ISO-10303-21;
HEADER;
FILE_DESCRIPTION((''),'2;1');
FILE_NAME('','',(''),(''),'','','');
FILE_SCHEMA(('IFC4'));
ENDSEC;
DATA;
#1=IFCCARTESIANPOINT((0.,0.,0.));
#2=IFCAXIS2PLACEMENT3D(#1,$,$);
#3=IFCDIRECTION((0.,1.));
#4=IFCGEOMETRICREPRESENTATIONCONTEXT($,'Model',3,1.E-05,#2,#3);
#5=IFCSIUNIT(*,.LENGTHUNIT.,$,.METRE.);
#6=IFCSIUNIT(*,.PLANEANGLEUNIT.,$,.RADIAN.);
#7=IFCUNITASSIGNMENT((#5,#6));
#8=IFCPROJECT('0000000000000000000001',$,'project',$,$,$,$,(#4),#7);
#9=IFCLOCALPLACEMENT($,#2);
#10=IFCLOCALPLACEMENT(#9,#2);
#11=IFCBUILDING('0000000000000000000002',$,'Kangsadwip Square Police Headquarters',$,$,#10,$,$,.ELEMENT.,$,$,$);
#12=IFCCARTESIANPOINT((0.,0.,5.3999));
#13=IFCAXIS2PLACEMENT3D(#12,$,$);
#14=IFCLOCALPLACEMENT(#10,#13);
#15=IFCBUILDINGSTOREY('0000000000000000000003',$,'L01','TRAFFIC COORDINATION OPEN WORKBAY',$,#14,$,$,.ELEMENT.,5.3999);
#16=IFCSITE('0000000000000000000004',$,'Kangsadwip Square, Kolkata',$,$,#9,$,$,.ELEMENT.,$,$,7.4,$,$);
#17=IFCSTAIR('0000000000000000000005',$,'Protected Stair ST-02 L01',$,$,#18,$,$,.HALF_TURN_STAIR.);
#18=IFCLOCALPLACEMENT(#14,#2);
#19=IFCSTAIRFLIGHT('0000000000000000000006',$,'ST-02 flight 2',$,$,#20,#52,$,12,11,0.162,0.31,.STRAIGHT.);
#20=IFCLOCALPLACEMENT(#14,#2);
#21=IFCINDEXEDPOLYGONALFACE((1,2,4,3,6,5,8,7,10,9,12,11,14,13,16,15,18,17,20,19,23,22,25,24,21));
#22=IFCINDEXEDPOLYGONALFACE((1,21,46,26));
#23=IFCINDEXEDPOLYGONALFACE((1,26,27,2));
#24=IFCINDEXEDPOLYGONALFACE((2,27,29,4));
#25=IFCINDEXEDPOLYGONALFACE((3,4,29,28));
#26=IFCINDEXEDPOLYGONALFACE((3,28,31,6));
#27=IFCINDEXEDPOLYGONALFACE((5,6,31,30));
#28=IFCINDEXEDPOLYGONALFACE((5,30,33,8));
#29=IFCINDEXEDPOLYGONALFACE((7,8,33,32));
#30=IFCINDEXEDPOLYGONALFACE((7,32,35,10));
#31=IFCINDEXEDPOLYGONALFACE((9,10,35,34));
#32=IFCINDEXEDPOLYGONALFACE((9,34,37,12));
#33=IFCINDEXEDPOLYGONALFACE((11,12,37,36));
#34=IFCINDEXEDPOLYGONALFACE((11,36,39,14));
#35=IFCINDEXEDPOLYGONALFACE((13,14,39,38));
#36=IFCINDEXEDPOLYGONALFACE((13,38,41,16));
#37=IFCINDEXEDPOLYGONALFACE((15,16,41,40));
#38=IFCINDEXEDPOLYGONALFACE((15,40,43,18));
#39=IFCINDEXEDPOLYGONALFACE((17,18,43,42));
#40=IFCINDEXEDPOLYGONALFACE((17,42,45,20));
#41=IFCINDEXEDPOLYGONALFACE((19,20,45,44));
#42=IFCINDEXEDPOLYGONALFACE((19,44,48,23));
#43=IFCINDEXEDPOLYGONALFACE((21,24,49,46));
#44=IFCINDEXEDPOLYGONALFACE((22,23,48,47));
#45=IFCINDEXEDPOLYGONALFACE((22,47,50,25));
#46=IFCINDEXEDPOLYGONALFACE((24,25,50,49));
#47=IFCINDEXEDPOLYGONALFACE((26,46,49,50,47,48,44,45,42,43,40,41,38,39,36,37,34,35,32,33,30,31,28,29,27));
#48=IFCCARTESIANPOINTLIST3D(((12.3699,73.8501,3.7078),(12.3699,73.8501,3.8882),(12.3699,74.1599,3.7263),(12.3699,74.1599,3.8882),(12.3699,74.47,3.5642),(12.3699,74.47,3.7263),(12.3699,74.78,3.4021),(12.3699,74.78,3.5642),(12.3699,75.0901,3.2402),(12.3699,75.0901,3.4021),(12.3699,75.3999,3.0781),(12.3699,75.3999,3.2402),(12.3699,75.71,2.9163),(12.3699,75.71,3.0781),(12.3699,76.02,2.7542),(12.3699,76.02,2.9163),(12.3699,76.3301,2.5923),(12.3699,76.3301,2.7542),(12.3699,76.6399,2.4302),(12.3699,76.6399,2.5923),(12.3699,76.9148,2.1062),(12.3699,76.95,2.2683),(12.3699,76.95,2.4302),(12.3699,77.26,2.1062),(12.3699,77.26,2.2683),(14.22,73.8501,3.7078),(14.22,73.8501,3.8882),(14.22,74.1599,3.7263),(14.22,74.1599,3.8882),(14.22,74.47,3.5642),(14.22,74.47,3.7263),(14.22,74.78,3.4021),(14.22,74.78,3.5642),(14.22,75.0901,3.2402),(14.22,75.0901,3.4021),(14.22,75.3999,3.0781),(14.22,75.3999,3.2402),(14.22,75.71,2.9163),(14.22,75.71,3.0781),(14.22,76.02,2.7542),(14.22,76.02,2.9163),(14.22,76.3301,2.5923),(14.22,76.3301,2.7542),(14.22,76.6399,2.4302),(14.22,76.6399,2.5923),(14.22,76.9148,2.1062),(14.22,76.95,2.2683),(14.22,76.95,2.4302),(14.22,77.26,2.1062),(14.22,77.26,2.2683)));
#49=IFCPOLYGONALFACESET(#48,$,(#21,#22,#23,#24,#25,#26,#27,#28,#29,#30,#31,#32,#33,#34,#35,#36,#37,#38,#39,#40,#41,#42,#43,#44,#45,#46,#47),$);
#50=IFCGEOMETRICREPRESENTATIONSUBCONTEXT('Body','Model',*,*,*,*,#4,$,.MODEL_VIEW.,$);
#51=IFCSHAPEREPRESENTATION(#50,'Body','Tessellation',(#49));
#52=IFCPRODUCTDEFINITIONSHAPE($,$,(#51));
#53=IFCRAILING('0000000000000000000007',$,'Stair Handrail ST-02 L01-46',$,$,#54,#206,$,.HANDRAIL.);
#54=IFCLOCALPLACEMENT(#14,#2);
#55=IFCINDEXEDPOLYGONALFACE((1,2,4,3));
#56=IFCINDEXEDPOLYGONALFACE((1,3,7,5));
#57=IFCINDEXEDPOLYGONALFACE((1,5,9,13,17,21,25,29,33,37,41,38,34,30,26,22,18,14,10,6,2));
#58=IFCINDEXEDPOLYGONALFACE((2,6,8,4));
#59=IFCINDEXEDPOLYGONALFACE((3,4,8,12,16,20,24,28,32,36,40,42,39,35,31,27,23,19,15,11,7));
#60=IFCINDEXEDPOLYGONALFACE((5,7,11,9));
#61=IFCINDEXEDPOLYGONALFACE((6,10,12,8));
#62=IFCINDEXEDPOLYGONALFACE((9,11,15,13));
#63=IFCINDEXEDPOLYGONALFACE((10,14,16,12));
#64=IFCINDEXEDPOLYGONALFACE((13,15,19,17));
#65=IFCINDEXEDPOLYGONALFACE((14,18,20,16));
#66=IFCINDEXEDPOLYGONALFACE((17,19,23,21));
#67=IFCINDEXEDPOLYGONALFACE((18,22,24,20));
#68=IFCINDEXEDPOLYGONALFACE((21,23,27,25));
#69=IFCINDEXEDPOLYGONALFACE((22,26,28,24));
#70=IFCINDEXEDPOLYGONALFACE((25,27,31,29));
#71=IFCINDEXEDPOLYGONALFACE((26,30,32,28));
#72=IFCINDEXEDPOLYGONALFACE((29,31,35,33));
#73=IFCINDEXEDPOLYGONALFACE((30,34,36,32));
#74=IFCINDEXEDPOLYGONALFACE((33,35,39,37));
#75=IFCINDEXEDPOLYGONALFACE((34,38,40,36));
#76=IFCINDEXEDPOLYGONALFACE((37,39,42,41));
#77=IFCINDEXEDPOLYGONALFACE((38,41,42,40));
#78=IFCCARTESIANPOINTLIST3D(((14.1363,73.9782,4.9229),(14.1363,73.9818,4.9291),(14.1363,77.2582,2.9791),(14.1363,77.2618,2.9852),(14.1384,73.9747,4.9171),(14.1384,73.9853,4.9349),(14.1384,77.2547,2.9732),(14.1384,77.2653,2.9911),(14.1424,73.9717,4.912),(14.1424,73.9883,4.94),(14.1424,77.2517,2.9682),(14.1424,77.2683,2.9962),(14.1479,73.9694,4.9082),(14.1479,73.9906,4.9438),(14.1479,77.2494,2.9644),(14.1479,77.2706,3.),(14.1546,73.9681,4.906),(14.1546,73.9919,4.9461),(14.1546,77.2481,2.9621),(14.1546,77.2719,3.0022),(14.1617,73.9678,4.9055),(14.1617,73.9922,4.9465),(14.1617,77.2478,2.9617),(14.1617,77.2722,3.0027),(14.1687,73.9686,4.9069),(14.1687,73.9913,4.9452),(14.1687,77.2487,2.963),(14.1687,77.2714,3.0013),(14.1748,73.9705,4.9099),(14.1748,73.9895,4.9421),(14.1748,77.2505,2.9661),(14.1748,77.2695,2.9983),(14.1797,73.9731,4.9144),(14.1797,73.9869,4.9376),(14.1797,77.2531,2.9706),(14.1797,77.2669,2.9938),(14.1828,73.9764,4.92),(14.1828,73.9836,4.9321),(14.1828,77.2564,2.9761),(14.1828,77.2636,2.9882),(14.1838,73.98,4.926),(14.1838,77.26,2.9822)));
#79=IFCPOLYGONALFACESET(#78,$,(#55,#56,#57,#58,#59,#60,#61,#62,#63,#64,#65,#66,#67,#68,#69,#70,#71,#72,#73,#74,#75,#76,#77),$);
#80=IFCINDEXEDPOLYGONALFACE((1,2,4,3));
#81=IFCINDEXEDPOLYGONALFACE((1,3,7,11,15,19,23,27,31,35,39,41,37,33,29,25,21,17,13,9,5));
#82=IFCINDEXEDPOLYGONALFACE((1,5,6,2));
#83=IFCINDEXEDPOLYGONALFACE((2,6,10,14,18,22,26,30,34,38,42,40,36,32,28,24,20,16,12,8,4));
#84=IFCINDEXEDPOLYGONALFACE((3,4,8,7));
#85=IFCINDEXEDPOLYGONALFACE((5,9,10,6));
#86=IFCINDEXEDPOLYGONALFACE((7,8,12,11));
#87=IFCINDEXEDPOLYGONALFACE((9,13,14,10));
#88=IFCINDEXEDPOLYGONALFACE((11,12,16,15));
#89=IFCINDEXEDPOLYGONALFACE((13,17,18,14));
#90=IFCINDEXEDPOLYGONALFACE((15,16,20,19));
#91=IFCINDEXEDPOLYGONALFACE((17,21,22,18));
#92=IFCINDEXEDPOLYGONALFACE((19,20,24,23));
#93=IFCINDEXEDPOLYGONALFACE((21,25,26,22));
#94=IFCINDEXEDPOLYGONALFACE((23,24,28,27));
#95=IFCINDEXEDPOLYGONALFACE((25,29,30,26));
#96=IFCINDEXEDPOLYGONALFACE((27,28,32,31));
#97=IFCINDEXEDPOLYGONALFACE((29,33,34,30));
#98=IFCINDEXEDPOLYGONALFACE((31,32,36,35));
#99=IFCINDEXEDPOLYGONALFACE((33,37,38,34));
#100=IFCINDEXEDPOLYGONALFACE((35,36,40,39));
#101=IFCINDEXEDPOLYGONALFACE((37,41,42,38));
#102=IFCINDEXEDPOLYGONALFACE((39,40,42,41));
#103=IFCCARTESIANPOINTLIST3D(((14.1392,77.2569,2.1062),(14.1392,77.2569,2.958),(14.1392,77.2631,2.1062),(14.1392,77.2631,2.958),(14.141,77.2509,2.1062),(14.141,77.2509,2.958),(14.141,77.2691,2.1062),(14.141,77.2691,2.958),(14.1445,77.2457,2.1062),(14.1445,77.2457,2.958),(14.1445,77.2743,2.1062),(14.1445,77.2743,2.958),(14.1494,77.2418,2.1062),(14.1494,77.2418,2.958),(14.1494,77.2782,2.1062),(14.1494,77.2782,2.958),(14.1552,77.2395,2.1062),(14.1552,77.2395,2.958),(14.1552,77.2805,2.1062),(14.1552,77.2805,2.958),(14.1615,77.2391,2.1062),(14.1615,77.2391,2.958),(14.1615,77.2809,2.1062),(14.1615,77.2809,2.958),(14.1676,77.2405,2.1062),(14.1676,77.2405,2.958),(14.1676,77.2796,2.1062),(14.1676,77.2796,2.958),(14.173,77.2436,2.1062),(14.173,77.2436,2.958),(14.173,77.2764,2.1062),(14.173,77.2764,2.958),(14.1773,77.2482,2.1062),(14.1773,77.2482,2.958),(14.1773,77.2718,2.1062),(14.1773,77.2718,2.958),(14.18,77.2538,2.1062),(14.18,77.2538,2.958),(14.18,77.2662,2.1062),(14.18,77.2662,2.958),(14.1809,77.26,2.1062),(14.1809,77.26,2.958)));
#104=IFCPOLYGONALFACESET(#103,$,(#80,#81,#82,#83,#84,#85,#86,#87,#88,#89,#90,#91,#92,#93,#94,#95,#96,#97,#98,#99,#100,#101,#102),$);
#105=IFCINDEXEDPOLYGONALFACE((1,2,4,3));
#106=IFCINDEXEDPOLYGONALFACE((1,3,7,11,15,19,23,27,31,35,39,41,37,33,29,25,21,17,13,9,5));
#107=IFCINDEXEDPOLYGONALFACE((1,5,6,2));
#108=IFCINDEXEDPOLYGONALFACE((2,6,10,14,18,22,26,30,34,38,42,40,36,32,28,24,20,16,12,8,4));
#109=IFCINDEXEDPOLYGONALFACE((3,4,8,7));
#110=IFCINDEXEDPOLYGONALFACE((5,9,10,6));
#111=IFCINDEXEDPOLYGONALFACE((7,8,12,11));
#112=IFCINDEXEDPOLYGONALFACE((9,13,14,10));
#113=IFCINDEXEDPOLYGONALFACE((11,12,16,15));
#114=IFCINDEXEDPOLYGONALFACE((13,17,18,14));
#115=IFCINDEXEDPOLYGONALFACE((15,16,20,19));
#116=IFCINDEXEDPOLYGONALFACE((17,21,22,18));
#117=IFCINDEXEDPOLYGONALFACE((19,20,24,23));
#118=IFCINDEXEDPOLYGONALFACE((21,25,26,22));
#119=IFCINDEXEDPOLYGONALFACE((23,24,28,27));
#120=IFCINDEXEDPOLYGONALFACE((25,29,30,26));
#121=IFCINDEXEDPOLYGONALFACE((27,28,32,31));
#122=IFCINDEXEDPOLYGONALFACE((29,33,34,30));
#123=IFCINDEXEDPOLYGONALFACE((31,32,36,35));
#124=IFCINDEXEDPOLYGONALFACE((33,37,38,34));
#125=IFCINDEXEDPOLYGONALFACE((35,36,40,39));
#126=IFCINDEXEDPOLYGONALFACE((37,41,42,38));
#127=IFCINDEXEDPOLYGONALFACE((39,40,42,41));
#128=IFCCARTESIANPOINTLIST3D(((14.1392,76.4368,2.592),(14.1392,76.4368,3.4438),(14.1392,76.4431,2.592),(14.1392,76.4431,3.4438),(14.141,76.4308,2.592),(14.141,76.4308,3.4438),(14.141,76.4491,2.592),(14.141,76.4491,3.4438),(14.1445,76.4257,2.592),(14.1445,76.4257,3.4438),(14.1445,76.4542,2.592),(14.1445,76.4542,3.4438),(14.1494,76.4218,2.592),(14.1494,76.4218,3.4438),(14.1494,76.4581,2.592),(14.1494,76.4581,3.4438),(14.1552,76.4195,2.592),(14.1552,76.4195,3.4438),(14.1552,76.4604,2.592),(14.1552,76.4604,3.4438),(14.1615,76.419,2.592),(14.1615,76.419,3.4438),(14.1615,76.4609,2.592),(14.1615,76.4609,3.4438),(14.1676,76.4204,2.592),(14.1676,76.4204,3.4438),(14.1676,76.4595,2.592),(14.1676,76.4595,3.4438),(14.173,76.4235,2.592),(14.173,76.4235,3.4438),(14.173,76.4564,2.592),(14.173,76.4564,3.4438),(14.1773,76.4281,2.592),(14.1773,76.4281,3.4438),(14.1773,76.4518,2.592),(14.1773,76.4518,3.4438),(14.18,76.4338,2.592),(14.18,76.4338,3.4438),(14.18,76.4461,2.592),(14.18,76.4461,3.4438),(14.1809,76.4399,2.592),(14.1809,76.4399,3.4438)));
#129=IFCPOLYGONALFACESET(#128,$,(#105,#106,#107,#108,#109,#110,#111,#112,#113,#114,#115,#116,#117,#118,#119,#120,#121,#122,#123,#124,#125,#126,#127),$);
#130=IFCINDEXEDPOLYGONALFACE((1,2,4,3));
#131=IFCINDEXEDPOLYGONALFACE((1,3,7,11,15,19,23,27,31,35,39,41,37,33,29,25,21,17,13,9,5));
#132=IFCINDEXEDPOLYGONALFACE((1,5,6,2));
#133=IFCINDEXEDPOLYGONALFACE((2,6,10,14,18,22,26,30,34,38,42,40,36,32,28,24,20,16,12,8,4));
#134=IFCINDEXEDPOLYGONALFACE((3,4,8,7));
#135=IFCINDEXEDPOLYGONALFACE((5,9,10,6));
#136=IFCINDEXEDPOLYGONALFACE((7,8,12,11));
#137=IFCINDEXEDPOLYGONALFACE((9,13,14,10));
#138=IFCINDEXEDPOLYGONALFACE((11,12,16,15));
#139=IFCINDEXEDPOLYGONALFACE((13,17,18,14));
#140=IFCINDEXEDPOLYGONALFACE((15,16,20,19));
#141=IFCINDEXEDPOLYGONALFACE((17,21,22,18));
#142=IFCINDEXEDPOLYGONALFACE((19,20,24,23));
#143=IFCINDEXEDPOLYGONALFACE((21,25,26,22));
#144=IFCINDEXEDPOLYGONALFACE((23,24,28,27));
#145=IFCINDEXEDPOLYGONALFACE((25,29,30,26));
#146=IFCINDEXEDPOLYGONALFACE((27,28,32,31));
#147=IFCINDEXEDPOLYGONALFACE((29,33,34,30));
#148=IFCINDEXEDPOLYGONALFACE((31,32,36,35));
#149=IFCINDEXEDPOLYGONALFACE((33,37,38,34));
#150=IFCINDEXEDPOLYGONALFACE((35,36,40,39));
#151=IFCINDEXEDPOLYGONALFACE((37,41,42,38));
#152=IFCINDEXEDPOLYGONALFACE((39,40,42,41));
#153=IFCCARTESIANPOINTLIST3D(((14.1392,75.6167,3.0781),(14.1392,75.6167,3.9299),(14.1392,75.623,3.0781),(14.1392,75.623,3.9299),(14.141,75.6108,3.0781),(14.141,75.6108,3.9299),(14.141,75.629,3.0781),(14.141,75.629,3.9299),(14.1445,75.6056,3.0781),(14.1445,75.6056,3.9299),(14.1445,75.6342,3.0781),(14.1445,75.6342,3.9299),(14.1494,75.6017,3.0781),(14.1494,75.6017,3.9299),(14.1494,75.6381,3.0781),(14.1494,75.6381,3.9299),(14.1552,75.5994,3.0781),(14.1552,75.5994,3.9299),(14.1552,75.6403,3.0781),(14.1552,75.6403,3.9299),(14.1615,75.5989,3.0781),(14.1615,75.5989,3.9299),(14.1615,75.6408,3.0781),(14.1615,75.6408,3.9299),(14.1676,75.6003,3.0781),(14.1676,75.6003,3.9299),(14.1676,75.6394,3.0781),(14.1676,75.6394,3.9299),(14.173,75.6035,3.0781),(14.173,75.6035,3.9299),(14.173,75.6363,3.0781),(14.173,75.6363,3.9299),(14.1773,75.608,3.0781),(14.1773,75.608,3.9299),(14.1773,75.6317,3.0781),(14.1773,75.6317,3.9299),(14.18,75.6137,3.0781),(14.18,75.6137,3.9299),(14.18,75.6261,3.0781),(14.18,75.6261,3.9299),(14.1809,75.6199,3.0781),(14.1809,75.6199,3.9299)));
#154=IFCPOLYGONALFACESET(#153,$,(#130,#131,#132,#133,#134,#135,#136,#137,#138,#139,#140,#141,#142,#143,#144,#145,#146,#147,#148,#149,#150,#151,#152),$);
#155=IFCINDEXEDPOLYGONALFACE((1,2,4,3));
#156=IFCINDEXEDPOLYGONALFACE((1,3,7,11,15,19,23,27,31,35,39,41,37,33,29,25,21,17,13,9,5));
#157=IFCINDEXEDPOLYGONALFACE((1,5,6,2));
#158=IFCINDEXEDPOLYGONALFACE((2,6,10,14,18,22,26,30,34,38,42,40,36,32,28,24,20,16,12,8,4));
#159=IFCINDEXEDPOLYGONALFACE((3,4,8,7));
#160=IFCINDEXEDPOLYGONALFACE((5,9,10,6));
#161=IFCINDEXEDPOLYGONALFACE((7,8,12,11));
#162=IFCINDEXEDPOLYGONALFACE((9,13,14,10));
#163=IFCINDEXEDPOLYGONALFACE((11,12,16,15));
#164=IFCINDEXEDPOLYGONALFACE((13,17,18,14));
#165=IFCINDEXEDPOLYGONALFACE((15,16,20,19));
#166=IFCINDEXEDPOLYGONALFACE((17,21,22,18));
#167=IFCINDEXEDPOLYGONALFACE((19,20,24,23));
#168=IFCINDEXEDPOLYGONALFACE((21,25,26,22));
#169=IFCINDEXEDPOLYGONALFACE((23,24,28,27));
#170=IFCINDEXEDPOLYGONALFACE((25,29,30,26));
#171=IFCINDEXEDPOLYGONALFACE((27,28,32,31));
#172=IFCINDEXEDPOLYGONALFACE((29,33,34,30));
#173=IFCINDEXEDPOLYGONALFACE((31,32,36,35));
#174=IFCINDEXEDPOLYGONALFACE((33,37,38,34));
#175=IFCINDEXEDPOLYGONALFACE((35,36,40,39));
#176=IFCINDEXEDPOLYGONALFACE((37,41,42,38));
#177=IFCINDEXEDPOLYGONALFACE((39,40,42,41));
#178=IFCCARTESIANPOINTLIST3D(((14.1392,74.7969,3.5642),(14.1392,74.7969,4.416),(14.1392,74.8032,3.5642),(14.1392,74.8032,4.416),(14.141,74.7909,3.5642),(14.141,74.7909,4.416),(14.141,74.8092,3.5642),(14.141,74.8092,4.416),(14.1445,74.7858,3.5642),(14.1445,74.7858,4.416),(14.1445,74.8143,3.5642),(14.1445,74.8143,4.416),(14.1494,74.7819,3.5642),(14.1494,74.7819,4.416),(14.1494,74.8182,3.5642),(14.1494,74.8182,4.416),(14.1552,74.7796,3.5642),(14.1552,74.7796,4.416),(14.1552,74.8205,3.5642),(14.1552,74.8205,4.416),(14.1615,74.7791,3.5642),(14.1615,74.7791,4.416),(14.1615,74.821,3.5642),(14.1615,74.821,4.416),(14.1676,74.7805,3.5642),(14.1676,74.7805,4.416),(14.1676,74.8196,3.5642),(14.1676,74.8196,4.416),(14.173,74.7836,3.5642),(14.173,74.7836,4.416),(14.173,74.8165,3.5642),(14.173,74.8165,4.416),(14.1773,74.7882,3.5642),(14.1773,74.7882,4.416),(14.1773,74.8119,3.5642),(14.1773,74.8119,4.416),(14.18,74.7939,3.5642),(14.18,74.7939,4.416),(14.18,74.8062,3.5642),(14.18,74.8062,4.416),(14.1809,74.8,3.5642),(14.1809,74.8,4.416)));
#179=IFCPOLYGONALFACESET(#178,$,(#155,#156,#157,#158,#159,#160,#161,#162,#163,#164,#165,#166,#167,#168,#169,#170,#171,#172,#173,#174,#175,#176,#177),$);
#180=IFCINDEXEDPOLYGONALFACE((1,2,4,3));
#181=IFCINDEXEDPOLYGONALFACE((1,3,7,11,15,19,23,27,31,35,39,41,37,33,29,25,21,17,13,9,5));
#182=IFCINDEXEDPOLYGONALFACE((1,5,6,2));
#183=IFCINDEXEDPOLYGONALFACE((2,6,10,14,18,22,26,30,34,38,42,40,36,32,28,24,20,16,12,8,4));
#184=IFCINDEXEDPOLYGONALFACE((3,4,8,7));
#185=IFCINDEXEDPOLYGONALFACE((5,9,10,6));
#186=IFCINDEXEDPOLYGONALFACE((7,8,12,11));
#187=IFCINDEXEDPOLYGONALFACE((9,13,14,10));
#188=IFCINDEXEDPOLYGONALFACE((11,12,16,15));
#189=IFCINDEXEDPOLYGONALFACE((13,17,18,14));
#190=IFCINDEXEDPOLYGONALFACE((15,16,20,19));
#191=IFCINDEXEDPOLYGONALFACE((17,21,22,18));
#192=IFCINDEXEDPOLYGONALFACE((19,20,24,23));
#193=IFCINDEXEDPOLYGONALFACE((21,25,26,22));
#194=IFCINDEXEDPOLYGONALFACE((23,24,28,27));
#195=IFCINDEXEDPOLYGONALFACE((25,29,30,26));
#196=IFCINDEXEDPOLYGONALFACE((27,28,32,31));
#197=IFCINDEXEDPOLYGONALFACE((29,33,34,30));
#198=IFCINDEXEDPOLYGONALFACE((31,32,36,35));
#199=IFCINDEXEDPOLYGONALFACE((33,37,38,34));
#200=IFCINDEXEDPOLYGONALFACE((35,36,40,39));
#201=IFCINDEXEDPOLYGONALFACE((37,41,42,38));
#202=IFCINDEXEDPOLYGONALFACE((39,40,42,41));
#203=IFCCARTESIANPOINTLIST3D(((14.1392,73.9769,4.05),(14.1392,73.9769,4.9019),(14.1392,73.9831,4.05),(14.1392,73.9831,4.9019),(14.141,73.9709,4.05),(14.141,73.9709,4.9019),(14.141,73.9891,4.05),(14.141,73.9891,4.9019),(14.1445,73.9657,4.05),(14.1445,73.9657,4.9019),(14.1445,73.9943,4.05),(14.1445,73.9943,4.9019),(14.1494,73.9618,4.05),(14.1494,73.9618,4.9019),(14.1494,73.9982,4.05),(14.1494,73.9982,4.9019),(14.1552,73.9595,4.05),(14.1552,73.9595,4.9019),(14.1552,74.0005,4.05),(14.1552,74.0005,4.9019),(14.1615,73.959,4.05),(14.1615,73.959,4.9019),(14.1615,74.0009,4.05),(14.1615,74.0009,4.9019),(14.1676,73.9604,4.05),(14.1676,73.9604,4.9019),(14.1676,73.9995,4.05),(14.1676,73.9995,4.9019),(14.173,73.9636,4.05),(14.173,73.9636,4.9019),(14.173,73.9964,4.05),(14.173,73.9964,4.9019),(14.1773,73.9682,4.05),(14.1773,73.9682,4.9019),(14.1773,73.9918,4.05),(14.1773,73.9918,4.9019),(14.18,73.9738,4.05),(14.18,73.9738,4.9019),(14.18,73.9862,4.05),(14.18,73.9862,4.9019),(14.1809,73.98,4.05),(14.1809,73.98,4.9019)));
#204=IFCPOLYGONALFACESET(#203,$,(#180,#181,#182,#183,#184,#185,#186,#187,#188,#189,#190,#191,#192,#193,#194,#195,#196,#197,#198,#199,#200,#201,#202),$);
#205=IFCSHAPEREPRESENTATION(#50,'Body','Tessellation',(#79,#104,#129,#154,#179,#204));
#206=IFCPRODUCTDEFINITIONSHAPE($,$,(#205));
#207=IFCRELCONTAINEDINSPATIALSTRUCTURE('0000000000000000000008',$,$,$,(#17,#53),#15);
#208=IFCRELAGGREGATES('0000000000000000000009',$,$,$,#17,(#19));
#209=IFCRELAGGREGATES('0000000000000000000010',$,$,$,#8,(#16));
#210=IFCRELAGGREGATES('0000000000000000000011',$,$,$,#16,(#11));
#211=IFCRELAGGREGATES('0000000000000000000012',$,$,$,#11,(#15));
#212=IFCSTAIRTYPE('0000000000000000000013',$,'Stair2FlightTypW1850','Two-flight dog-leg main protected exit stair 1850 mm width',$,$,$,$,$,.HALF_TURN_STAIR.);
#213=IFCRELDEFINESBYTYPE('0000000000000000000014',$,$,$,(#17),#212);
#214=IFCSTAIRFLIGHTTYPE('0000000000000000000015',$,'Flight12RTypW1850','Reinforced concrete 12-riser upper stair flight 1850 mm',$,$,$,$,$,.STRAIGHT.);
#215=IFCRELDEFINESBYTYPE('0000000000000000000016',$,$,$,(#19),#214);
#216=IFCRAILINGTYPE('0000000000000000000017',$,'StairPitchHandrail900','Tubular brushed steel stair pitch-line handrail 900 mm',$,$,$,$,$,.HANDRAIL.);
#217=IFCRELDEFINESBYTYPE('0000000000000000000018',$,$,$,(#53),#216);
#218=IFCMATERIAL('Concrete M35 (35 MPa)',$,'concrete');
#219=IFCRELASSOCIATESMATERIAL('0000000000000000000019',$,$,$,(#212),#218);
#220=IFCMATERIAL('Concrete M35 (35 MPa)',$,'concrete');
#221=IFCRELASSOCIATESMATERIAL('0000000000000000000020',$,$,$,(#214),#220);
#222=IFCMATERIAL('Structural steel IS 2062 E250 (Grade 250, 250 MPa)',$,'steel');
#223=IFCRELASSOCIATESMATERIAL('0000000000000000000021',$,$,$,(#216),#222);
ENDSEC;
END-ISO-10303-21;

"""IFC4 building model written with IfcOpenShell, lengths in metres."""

from ifc_helpers import new_model, si_unit, direction, frame, origin, origin_2d, place, context, subcontext, project, spatial, polyline, circle, outline, extrude, material, type_object, element, aggregate, save


model = new_model("IFC4")

# Units and contexts
model_context = context("Model", 3, precision=1e-05, world=origin(), true_north=direction((0.0, 1.0)))
body_context = subcontext(model_context, "Body", "Model", "MODEL_VIEW")
ifc_project = project(units=[si_unit("LENGTHUNIT", "METRE"), si_unit("PLANEANGLEUNIT", "RADIAN")], contexts=[model_context])

# Site, building, storey
site_placement = place(None, origin())
site = spatial("IfcSite", under=ifc_project, at=site_placement, Name="Kangsadwip Square, Kolkata", CompositionType="ELEMENT", RefElevation=7.4)
building_placement = place(site_placement, origin())
building = spatial("IfcBuilding", under=site, at=building_placement, Name="Kangsadwip Square Police Headquarters", CompositionType="ELEMENT")
storey_placement = place(building_placement, frame((0.0, 0.0, 5.3999)))
storey = spatial("IfcBuildingStorey", under=building, at=storey_placement, Name="L01", Description="TRAFFIC COORDINATION OPEN WORKBAY", CompositionType="ELEMENT", Elevation=5.3999)

# Stair, stair flight
ifc_material_1 = material(Name="Concrete M35 (35 MPa)", Category="concrete")
stair_type = type_object("IfcStairType", Name="Stair2FlightTypW1850", Description="Two-flight dog-leg main protected exit stair 1850 mm width", PredefinedType="HALF_TURN_STAIR", material=ifc_material_1)
stair_placement = place(storey_placement, origin())
stair = element("IfcStair", 1, at=stair_placement, inside=storey, type_object=stair_type, Name="Protected Stair ST-02 L01", PredefinedType="HALF_TURN_STAIR")
ifc_material_2 = material(Name="Concrete M35 (35 MPa)", Category="concrete")
stair_flight_type = type_object("IfcStairFlightType", Name="Flight12RTypW1850", Description="Reinforced concrete 12-riser upper stair flight 1850 mm", PredefinedType="STRAIGHT", material=ifc_material_2)
stair_flight_placement = place(storey_placement, frame((13.2949, 77.26, 2.1062), z_axis=(0.0, 0.0, 1.0), x_axis=(0.0, -1.0, 0.0)))
stair_flight = element("IfcStairFlight", 2, at=stair_flight_placement, type_object=stair_flight_type, Name="ST-02 flight 2", NumberOfRisers=12, NumberOfTreads=11, PredefinedType="STRAIGHT", RiserHeight=0.162, TreadLength=0.31, context=body_context, shape_type="SweptSolid", body=[
    extrude(outline(polyline([(0.0, 0.0), (0.0, 0.1621), (0.3101, 0.1621), (0.3101, 0.324), (0.6201, 0.324), (0.6201, 0.4861), (0.9299, 0.4861), (0.9299, 0.6479), (1.24, 0.6479), (1.24, 0.8101), (1.55, 0.8101), (1.55, 0.9719), (1.8601, 0.9719), (1.8601, 1.134), (2.1699, 1.134), (2.1699, 1.2959), (2.48, 1.2959), (2.48, 1.458), (2.79, 1.458), (2.79, 1.6201), (3.1001, 1.6201), (3.1001, 1.782), (3.4099, 1.782), (3.4099, 1.9441), (3.4099, 1.6016), (0.3452, 0.0), (0.0, 0.0)])), frame((0.0, 0.925, 0.0), z_axis=(0.0, -1.0, 0.0), x_axis=(1.0, 0.0, 0.0)), (0.0, 0.0, 1.0), 1.8501),
])
aggregate(stair, [stair_flight])

# Railing
ifc_material_3 = material(Name="Structural steel IS 2062 E250 (Grade 250, 250 MPa)", Category="steel")
railing_type = type_object("IfcRailingType", Name="StairPitchHandrail900", Description="Tubular brushed steel stair pitch-line handrail 900 mm", PredefinedType="HANDRAIL", material=ifc_material_3)
railing_placement = place(storey_placement, frame((14.1599, 77.26, 2.1062)))
element("IfcRailing", 3, at=railing_placement, inside=storey, type_object=railing_type, Name="Stair Handrail ST-02 L01-46", PredefinedType="HANDRAIL", context=body_context, shape_type="SweptSolid", body=[
    extrude(circle(Radius=0.0239, at=origin_2d()), frame((0.0, 0.0, 0.876), z_axis=(0.0, -0.860277, 0.509827), x_axis=(1.0, 0.0, 0.0)), (0.0, 0.0, 1.0), 3.8127),
    extrude(circle(Radius=0.021, at=origin_2d()), origin(), (0.0, 0.0, 1.0), 0.8518),
    extrude(circle(Radius=0.021, at=origin_2d()), frame((0.0, -0.8201, 0.4858)), (0.0, 0.0, 1.0), 0.8518),
    extrude(circle(Radius=0.021, at=origin_2d()), frame((0.0, -1.6401, 0.9719)), (0.0, 0.0, 1.0), 0.8518),
    extrude(circle(Radius=0.021, at=origin_2d()), frame((0.0, -2.46, 1.458)), (0.0, 0.0, 1.0), 0.8518),
    extrude(circle(Radius=0.021, at=origin_2d()), frame((0.0, -3.28, 1.9438)), (0.0, 0.0, 1.0), 0.8518),
])

save(model, "model.ifc")
